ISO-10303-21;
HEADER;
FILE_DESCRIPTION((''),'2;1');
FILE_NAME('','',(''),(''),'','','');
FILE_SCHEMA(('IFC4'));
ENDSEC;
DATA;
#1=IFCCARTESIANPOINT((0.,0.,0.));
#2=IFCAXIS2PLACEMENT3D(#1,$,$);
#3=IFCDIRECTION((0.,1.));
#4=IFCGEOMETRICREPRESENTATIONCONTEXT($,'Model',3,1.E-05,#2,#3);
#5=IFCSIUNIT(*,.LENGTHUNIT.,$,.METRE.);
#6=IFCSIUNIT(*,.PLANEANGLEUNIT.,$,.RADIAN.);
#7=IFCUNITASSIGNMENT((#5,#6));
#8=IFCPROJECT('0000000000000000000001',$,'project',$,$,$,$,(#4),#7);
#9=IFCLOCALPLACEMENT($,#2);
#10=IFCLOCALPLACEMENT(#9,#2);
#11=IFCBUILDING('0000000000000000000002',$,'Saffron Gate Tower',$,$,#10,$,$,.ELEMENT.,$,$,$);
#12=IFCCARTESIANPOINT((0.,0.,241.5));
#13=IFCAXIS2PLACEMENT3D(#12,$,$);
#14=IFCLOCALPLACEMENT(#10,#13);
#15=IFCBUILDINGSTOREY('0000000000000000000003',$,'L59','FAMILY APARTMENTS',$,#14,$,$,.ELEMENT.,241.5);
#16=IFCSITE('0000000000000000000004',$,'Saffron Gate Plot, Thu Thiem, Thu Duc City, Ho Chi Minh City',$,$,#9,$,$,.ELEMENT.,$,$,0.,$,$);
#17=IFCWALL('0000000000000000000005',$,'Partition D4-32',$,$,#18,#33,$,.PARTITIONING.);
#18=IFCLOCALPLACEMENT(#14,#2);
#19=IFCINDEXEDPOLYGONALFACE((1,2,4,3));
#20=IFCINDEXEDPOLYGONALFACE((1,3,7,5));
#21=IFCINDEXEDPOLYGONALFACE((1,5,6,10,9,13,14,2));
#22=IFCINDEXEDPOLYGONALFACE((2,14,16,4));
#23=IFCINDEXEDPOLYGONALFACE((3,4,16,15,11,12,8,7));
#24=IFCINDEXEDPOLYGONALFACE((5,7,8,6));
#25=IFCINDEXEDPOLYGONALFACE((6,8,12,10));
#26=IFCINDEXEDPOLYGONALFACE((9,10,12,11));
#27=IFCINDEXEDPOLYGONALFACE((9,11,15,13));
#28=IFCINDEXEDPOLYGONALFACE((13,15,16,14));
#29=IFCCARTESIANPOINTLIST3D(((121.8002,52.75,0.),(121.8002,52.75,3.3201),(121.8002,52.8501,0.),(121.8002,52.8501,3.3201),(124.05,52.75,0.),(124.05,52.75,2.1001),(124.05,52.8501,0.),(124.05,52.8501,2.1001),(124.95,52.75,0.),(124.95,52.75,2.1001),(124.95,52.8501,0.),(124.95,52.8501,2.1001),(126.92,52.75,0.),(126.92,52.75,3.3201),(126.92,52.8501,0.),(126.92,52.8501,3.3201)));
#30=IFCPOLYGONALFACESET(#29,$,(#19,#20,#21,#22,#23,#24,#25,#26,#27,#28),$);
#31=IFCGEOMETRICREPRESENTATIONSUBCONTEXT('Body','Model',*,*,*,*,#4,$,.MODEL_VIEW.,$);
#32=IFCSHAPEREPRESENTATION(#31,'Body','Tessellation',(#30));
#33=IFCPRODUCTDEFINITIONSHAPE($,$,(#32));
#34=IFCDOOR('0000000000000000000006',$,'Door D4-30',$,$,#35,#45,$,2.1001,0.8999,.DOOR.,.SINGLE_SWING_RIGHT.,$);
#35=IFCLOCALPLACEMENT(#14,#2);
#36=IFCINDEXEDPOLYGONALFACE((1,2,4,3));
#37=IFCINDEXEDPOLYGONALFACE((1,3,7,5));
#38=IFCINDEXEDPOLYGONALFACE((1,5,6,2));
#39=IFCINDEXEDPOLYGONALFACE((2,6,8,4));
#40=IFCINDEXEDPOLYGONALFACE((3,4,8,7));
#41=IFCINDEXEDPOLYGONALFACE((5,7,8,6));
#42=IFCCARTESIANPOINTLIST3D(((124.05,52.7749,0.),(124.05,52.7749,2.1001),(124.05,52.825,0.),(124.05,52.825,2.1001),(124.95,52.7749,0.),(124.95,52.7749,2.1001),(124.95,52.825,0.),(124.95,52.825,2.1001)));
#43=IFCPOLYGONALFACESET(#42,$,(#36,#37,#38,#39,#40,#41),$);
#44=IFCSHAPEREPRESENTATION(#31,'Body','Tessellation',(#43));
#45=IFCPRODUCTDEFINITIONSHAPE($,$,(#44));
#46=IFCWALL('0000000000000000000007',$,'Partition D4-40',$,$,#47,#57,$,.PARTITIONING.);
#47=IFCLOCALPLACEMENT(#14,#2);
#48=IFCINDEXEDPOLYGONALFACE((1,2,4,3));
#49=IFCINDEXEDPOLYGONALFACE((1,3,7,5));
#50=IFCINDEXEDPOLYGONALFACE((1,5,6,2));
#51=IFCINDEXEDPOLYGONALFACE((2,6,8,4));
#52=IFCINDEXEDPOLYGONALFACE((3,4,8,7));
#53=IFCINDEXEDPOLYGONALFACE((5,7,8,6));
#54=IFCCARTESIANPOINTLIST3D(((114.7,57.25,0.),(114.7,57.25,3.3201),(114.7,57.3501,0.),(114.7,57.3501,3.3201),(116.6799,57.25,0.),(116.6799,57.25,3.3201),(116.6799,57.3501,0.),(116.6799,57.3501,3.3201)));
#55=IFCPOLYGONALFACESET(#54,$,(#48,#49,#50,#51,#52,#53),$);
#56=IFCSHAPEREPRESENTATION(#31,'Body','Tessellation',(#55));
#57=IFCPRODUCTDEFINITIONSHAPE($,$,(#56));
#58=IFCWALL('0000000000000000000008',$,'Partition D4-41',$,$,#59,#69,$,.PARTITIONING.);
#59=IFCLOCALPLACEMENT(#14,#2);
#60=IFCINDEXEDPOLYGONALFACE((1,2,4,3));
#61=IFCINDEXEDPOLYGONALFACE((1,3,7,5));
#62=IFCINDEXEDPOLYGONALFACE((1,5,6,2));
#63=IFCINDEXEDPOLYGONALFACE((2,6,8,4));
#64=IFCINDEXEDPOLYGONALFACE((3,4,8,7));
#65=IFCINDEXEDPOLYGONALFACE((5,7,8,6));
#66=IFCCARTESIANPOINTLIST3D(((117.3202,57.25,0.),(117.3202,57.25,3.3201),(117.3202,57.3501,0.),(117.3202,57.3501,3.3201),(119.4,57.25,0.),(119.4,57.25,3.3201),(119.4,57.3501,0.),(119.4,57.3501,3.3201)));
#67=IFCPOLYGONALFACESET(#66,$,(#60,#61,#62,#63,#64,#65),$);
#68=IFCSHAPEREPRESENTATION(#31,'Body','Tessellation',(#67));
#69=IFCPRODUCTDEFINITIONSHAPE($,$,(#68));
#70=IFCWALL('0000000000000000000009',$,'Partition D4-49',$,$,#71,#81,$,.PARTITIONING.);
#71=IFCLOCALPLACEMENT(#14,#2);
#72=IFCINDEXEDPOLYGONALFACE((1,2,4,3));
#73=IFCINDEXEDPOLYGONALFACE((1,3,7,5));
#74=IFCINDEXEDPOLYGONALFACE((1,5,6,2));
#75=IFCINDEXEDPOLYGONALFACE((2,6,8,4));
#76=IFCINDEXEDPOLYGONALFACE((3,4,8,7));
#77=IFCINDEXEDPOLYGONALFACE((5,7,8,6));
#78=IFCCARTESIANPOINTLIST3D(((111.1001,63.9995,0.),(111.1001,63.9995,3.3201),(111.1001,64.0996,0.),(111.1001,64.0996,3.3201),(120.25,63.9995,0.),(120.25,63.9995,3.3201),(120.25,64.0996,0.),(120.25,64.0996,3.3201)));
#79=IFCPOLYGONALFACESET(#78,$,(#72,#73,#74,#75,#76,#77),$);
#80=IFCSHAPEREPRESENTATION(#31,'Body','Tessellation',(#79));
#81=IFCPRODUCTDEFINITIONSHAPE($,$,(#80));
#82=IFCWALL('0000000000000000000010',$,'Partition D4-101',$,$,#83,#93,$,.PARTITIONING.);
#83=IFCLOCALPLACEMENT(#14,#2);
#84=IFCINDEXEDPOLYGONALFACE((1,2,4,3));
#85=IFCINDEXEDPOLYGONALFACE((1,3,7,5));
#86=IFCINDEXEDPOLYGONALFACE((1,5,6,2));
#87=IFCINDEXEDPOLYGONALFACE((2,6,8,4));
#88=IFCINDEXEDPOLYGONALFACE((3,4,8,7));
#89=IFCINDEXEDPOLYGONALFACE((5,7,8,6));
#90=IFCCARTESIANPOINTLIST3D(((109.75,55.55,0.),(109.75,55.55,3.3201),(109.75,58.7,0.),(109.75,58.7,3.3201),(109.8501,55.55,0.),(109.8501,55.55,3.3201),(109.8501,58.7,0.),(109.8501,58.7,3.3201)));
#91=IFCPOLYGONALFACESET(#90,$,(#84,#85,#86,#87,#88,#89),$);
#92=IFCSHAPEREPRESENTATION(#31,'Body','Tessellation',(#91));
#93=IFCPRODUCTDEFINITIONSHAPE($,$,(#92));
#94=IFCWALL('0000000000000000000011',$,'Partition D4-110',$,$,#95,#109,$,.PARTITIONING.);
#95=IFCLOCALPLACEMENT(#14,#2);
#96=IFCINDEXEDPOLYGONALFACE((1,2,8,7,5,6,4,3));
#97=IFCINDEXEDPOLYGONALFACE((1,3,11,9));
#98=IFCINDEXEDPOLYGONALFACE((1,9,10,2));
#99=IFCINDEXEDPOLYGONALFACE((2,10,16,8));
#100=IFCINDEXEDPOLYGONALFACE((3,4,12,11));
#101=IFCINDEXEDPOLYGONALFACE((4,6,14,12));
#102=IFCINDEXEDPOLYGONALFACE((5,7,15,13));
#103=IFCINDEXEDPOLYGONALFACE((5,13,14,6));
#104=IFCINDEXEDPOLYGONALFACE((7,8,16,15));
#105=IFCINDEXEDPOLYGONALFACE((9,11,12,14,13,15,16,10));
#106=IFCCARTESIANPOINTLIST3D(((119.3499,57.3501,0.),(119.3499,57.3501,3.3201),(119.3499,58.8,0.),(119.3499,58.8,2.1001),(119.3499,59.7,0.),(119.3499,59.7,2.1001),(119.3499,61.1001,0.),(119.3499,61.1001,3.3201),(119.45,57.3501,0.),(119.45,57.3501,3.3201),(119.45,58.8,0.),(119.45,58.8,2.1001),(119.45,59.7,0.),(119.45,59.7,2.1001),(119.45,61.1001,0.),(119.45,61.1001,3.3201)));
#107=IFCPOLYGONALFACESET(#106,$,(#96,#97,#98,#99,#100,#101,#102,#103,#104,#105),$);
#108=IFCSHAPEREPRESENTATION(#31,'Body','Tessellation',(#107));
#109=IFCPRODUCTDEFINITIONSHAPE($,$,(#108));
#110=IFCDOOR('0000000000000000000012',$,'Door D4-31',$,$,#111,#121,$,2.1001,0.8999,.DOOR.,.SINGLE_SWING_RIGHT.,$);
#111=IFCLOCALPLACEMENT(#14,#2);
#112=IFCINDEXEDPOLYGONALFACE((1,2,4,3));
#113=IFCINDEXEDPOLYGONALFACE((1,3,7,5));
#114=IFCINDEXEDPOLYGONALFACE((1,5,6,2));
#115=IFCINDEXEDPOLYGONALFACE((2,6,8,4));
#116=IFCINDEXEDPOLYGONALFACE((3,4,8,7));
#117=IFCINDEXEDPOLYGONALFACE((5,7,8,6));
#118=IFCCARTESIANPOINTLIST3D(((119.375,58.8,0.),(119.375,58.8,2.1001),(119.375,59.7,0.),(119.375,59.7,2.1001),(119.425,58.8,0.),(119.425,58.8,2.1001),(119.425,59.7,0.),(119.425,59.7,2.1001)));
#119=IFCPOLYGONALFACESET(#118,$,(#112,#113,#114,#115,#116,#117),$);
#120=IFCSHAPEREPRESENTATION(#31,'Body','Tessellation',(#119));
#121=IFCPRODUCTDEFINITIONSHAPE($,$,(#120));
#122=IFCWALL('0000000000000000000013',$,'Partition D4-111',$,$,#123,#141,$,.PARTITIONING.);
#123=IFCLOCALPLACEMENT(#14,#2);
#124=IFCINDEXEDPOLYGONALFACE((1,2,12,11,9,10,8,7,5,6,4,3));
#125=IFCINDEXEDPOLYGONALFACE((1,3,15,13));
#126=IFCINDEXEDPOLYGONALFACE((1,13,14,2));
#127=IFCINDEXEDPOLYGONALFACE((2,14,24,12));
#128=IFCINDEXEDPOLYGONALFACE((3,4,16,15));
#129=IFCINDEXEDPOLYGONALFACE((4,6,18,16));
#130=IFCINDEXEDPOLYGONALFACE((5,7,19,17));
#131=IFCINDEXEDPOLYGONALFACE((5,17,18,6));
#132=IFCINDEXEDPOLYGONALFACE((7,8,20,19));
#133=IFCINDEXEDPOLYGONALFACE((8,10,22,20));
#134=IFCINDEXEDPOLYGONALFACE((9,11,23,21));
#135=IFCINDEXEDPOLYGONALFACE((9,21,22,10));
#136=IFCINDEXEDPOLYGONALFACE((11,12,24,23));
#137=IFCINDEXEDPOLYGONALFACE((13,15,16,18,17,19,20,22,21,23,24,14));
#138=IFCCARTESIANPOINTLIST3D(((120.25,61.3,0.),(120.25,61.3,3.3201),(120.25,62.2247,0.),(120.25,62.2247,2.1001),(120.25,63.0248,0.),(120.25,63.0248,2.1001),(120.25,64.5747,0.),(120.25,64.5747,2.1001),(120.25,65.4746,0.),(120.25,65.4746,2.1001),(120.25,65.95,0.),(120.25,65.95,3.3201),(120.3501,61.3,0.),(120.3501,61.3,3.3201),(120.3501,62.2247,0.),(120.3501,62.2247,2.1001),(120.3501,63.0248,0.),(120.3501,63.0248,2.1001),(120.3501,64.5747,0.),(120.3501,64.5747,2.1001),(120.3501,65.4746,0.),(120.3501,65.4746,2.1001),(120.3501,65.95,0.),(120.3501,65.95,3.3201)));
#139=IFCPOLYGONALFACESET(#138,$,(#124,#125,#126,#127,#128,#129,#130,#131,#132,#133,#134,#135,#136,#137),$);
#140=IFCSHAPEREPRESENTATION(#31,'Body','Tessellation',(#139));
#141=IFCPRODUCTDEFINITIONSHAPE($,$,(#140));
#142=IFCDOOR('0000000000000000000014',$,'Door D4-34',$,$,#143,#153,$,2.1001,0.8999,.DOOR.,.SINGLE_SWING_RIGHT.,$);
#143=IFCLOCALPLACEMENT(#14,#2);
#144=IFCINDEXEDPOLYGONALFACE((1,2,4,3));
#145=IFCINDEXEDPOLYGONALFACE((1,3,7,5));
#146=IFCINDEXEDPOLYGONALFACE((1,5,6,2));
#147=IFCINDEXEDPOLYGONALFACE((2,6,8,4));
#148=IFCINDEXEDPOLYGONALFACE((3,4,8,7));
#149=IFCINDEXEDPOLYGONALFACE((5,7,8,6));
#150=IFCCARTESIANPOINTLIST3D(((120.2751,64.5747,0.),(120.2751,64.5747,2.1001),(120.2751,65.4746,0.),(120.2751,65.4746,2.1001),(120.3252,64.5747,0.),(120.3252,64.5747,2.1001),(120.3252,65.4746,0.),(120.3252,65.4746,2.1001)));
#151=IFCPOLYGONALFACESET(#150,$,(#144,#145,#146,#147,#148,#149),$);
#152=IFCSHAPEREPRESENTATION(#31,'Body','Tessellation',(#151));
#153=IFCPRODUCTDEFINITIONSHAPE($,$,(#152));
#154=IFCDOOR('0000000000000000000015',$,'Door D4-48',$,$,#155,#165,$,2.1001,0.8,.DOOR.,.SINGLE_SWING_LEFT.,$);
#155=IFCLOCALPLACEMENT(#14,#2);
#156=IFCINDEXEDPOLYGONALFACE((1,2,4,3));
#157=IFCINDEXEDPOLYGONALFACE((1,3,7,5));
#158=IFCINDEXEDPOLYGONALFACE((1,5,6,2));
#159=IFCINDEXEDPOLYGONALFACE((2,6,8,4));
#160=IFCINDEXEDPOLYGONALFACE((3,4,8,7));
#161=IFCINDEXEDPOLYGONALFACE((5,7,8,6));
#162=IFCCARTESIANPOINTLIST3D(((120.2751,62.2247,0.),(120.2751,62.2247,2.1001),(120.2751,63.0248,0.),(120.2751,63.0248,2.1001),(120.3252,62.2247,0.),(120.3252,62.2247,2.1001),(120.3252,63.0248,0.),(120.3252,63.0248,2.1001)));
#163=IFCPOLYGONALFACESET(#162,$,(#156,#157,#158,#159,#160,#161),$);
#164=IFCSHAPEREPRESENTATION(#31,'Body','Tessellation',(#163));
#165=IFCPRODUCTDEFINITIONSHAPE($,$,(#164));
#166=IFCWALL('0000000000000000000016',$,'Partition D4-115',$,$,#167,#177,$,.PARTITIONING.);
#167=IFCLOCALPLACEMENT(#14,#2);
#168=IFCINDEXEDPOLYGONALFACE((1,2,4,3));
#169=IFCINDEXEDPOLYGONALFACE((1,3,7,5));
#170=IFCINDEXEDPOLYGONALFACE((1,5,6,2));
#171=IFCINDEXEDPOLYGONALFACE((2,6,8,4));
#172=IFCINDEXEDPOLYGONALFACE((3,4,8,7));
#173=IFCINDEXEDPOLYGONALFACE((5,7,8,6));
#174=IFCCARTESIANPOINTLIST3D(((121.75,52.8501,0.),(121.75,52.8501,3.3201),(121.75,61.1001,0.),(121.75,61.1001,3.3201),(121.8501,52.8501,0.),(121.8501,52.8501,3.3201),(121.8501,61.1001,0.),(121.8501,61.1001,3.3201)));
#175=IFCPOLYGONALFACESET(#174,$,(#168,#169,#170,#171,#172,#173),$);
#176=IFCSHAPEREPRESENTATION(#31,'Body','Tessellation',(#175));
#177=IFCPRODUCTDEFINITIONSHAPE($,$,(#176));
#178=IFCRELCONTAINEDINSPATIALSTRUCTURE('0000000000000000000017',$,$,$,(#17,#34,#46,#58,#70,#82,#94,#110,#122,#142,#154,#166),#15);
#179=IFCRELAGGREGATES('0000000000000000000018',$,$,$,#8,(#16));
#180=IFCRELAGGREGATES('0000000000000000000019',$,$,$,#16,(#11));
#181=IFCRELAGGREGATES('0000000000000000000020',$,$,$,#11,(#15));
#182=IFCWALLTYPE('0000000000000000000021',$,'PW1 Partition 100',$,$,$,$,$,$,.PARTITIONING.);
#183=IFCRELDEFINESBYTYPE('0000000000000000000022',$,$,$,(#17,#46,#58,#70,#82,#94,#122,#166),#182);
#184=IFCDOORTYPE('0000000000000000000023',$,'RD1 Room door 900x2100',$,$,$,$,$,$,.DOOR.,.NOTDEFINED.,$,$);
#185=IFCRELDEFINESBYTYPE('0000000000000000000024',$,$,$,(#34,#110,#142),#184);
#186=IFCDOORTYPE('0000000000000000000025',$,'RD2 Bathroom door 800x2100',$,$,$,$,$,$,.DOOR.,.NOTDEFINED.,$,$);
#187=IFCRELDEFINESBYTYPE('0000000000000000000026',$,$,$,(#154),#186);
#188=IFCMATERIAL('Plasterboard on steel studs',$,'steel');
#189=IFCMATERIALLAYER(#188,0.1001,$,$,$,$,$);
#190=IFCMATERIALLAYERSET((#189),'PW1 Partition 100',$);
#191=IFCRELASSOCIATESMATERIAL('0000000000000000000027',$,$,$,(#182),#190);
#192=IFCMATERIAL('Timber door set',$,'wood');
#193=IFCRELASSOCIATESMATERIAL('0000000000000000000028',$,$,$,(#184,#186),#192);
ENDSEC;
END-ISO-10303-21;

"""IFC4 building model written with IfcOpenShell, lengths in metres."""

from ifc_helpers import new_model, si_unit, direction, frame, frame_2d, origin, place, context, subcontext, project, spatial, rectangle, extrude, material, layer, layer_set, type_object, element, fill, save


model = new_model("IFC4")

# Units and contexts
model_context = context("Model", 3, precision=1e-05, world=origin(), true_north=direction((0.0, 1.0)))
body_context = subcontext(model_context, "Body", "Model", "MODEL_VIEW")
ifc_project = project(units=[si_unit("LENGTHUNIT", "METRE"), si_unit("PLANEANGLEUNIT", "RADIAN")], contexts=[model_context])

# Site, building, storey
site_placement = place(None, origin())
site = spatial("IfcSite", under=ifc_project, at=site_placement, Name="Saffron Gate Plot, Thu Thiem, Thu Duc City, Ho Chi Minh City", CompositionType="ELEMENT", RefElevation=0.0)
building_placement = place(site_placement, origin())
building = spatial("IfcBuilding", under=site, at=building_placement, Name="Saffron Gate Tower", CompositionType="ELEMENT")
storey_placement = place(building_placement, frame((0.0, 0.0, 241.5)))
storey = spatial("IfcBuildingStorey", under=building, at=storey_placement, Name="L59", Description="FAMILY APARTMENTS", CompositionType="ELEMENT", Elevation=241.5)

# Shared definitions
ifc_material_1 = material(Name="Plasterboard on steel studs", Category="steel")
ifc_layer_1 = layer(ifc_material_1, 0.1001)
ifc_layer_set_1 = layer_set([ifc_layer_1], Name="PW1 Partition 100")
wall_type_1 = type_object("IfcWallType", Name="PW1 Partition 100", PredefinedType="PARTITIONING", material=ifc_layer_set_1)

# Wall, opening, door
wall_1_placement = place(storey_placement, frame((121.8, 52.8, 0.0), z_axis=(0.0, 0.0, 1.0), x_axis=(1.0, 0.0, 0.0)))
wall_1 = element("IfcWall", 1, at=wall_1_placement, inside=storey, type_object=wall_type_1, Name="Partition D4-32", PredefinedType="PARTITIONING", context=body_context, shape_type="SweptSolid", body=[
    extrude(rectangle(XDim=5.1199, YDim=0.1001, at=frame_2d((2.5601, 0.0))), origin(), (0.0, 0.0, 1.0), 3.3201),
])
opening_1_placement = place(wall_1_placement, frame((2.25, 0.0, 0.0)))
opening_1 = element("IfcOpeningElement", 2, at=opening_1_placement, cuts=wall_1, PredefinedType="OPENING", context=body_context, shape_type="SweptSolid", body=[
    extrude(rectangle(XDim=0.8999, YDim=2.1001, at=frame_2d((0.45, 1.05))), frame((0.0, 0.0601, 0.0), z_axis=(0.0, -1.0, 0.0), x_axis=(1.0, 0.0, 0.0)), (0.0, 0.0, 1.0), 0.1201),
])
ifc_material_2 = material(Name="Timber door set", Category="wood")
door_type_1 = type_object("IfcDoorType", Name="RD1 Room door 900x2100", OperationType="NOTDEFINED", PredefinedType="DOOR", material=ifc_material_2)
door_1_placement = place(opening_1_placement, origin())
door_1 = element("IfcDoor", 3, at=door_1_placement, inside=storey, type_object=door_type_1, Name="Door D4-30", OperationType="SINGLE_SWING_RIGHT", OverallHeight=2.1001, OverallWidth=0.8999, PredefinedType="DOOR", context=body_context, shape_type="SweptSolid", body=[
    extrude(rectangle(XDim=0.8999, YDim=2.1001, at=frame_2d((0.45, 1.05))), frame((0.0, 0.0249, 0.0), z_axis=(0.0, -1.0, 0.0), x_axis=(1.0, 0.0, 0.0)), (0.0, 0.0, 1.0), 0.05),
])
fill(opening_1, door_1)

# Walls
wall_2_placement = place(storey_placement, frame((114.7, 57.3, 0.0), z_axis=(0.0, 0.0, 1.0), x_axis=(1.0, 0.0, 0.0)))
element("IfcWall", 4, at=wall_2_placement, inside=storey, type_object=wall_type_1, Name="Partition D4-40", PredefinedType="PARTITIONING", context=body_context, shape_type="SweptSolid", body=[
    extrude(rectangle(XDim=1.98, YDim=0.1001, at=frame_2d((0.99, 0.0))), origin(), (0.0, 0.0, 1.0), 3.3201),
])
wall_3_placement = place(storey_placement, frame((117.3201, 57.3, 0.0), z_axis=(0.0, 0.0, 1.0), x_axis=(1.0, 0.0, 0.0)))
element("IfcWall", 5, at=wall_3_placement, inside=storey, type_object=wall_type_1, Name="Partition D4-41", PredefinedType="PARTITIONING", context=body_context, shape_type="SweptSolid", body=[
    extrude(rectangle(XDim=2.0798, YDim=0.1001, at=frame_2d((1.04, 0.0))), origin(), (0.0, 0.0, 1.0), 3.3201),
])
wall_4_placement = place(storey_placement, frame((111.1001, 64.0496, 0.0), z_axis=(0.0, 0.0, 1.0), x_axis=(1.0, 0.0, 0.0)))
element("IfcWall", 6, at=wall_4_placement, inside=storey, type_object=wall_type_1, Name="Partition D4-49", PredefinedType="PARTITIONING", context=body_context, shape_type="SweptSolid", body=[
    extrude(rectangle(XDim=9.1499, YDim=0.1001, at=frame_2d((4.575, 0.0))), origin(), (0.0, 0.0, 1.0), 3.3201),
])
wall_5_placement = place(storey_placement, frame((109.8, 58.7, 0.0), z_axis=(0.0, 0.0, 1.0), x_axis=(0.0, -1.0, 0.0)))
element("IfcWall", 7, at=wall_5_placement, inside=storey, type_object=wall_type_1, Name="Partition D4-101", PredefinedType="PARTITIONING", context=body_context, shape_type="SweptSolid", body=[
    extrude(rectangle(XDim=3.1499, YDim=0.1001, at=frame_2d((1.575, 0.0))), origin(), (0.0, 0.0, 1.0), 3.3201),
])

# Wall, opening, door
wall_6_placement = place(storey_placement, frame((119.3999, 57.3501, 0.0), z_axis=(0.0, 0.0, 1.0), x_axis=(0.0, 1.0, 0.0)))
wall_6 = element("IfcWall", 8, at=wall_6_placement, inside=storey, type_object=wall_type_1, Name="Partition D4-110", PredefinedType="PARTITIONING", context=body_context, shape_type="SweptSolid", body=[
    extrude(rectangle(XDim=3.75, YDim=0.1001, at=frame_2d((1.875, 0.0))), origin(), (0.0, 0.0, 1.0), 3.3201),
])
opening_2_placement = place(wall_6_placement, frame((1.45, 0.0, 0.0)))
opening_2 = element("IfcOpeningElement", 9, at=opening_2_placement, cuts=wall_6, PredefinedType="OPENING", context=body_context, shape_type="SweptSolid", body=[
    extrude(rectangle(XDim=0.8999, YDim=2.1001, at=frame_2d((0.45, 1.05))), frame((0.0, 0.0601, 0.0), z_axis=(0.0, -1.0, 0.0), x_axis=(1.0, 0.0, 0.0)), (0.0, 0.0, 1.0), 0.1201),
])
door_2_placement = place(opening_2_placement, origin())
door_2 = element("IfcDoor", 10, at=door_2_placement, inside=storey, type_object=door_type_1, Name="Door D4-31", OperationType="SINGLE_SWING_RIGHT", OverallHeight=2.1001, OverallWidth=0.8999, PredefinedType="DOOR", context=body_context, shape_type="SweptSolid", body=[
    extrude(rectangle(XDim=0.8999, YDim=2.1001, at=frame_2d((0.45, 1.05))), frame((0.0, 0.0249, 0.0), z_axis=(0.0, -1.0, 0.0), x_axis=(1.0, 0.0, 0.0)), (0.0, 0.0, 1.0), 0.05),
])
fill(opening_2, door_2)

# Wall, openings, doors
wall_7_placement = place(storey_placement, frame((120.3, 61.3, 0.0), z_axis=(0.0, 0.0, 1.0), x_axis=(0.0, 1.0, 0.0)))
wall_7 = element("IfcWall", 11, at=wall_7_placement, inside=storey, type_object=wall_type_1, Name="Partition D4-111", PredefinedType="PARTITIONING", context=body_context, shape_type="SweptSolid", body=[
    extrude(rectangle(XDim=4.6499, YDim=0.1001, at=frame_2d((2.325, 0.0))), origin(), (0.0, 0.0, 1.0), 3.3201),
])
opening_3_placement = place(wall_7_placement, frame((0.9248, 0.0, 0.0)))
opening_3 = element("IfcOpeningElement", 12, at=opening_3_placement, cuts=wall_7, PredefinedType="OPENING", context=body_context, shape_type="SweptSolid", body=[
    extrude(rectangle(XDim=0.8, YDim=2.1001, at=frame_2d((0.3999, 1.05))), frame((0.0, 0.0601, 0.0), z_axis=(0.0, -1.0, 0.0), x_axis=(1.0, 0.0, 0.0)), (0.0, 0.0, 1.0), 0.1201),
])
opening_4_placement = place(wall_7_placement, frame((3.2747, 0.0, 0.0)))
opening_4 = element("IfcOpeningElement", 13, at=opening_4_placement, cuts=wall_7, PredefinedType="OPENING", context=body_context, shape_type="SweptSolid", body=[
    extrude(rectangle(XDim=0.8999, YDim=2.1001, at=frame_2d((0.45, 1.05))), frame((0.0, 0.0601, 0.0), z_axis=(0.0, -1.0, 0.0), x_axis=(1.0, 0.0, 0.0)), (0.0, 0.0, 1.0), 0.1201),
])
door_3_placement = place(opening_4_placement, origin())
door_3 = element("IfcDoor", 14, at=door_3_placement, inside=storey, type_object=door_type_1, Name="Door D4-34", OperationType="SINGLE_SWING_RIGHT", OverallHeight=2.1001, OverallWidth=0.8999, PredefinedType="DOOR", context=body_context, shape_type="SweptSolid", body=[
    extrude(rectangle(XDim=0.8999, YDim=2.1001, at=frame_2d((0.45, 1.05))), frame((0.0, 0.0249, 0.0), z_axis=(0.0, -1.0, 0.0), x_axis=(1.0, 0.0, 0.0)), (0.0, 0.0, 1.0), 0.05),
])
fill(opening_4, door_3)
door_type_2 = type_object("IfcDoorType", Name="RD2 Bathroom door 800x2100", OperationType="NOTDEFINED", PredefinedType="DOOR", material=ifc_material_2)
door_4_placement = place(opening_3_placement, origin())
door_4 = element("IfcDoor", 15, at=door_4_placement, inside=storey, type_object=door_type_2, Name="Door D4-48", OperationType="SINGLE_SWING_LEFT", OverallHeight=2.1001, OverallWidth=0.8, PredefinedType="DOOR", context=body_context, shape_type="SweptSolid", body=[
    extrude(rectangle(XDim=0.8, YDim=2.1001, at=frame_2d((0.3999, 1.05))), frame((0.0, 0.0249, 0.0), z_axis=(0.0, -1.0, 0.0), x_axis=(1.0, 0.0, 0.0)), (0.0, 0.0, 1.0), 0.05),
])
fill(opening_3, door_4)

# Wall
wall_8_placement = place(storey_placement, frame((121.8, 61.1001, 0.0), z_axis=(0.0, 0.0, 1.0), x_axis=(0.0, -1.0, 0.0)))
element("IfcWall", 16, at=wall_8_placement, inside=storey, type_object=wall_type_1, Name="Partition D4-115", PredefinedType="PARTITIONING", context=body_context, shape_type="SweptSolid", body=[
    extrude(rectangle(XDim=8.25, YDim=0.1001, at=frame_2d((4.125, 0.0))), origin(), (0.0, 0.0, 1.0), 3.3201),
])

save(model, "model.ifc")
